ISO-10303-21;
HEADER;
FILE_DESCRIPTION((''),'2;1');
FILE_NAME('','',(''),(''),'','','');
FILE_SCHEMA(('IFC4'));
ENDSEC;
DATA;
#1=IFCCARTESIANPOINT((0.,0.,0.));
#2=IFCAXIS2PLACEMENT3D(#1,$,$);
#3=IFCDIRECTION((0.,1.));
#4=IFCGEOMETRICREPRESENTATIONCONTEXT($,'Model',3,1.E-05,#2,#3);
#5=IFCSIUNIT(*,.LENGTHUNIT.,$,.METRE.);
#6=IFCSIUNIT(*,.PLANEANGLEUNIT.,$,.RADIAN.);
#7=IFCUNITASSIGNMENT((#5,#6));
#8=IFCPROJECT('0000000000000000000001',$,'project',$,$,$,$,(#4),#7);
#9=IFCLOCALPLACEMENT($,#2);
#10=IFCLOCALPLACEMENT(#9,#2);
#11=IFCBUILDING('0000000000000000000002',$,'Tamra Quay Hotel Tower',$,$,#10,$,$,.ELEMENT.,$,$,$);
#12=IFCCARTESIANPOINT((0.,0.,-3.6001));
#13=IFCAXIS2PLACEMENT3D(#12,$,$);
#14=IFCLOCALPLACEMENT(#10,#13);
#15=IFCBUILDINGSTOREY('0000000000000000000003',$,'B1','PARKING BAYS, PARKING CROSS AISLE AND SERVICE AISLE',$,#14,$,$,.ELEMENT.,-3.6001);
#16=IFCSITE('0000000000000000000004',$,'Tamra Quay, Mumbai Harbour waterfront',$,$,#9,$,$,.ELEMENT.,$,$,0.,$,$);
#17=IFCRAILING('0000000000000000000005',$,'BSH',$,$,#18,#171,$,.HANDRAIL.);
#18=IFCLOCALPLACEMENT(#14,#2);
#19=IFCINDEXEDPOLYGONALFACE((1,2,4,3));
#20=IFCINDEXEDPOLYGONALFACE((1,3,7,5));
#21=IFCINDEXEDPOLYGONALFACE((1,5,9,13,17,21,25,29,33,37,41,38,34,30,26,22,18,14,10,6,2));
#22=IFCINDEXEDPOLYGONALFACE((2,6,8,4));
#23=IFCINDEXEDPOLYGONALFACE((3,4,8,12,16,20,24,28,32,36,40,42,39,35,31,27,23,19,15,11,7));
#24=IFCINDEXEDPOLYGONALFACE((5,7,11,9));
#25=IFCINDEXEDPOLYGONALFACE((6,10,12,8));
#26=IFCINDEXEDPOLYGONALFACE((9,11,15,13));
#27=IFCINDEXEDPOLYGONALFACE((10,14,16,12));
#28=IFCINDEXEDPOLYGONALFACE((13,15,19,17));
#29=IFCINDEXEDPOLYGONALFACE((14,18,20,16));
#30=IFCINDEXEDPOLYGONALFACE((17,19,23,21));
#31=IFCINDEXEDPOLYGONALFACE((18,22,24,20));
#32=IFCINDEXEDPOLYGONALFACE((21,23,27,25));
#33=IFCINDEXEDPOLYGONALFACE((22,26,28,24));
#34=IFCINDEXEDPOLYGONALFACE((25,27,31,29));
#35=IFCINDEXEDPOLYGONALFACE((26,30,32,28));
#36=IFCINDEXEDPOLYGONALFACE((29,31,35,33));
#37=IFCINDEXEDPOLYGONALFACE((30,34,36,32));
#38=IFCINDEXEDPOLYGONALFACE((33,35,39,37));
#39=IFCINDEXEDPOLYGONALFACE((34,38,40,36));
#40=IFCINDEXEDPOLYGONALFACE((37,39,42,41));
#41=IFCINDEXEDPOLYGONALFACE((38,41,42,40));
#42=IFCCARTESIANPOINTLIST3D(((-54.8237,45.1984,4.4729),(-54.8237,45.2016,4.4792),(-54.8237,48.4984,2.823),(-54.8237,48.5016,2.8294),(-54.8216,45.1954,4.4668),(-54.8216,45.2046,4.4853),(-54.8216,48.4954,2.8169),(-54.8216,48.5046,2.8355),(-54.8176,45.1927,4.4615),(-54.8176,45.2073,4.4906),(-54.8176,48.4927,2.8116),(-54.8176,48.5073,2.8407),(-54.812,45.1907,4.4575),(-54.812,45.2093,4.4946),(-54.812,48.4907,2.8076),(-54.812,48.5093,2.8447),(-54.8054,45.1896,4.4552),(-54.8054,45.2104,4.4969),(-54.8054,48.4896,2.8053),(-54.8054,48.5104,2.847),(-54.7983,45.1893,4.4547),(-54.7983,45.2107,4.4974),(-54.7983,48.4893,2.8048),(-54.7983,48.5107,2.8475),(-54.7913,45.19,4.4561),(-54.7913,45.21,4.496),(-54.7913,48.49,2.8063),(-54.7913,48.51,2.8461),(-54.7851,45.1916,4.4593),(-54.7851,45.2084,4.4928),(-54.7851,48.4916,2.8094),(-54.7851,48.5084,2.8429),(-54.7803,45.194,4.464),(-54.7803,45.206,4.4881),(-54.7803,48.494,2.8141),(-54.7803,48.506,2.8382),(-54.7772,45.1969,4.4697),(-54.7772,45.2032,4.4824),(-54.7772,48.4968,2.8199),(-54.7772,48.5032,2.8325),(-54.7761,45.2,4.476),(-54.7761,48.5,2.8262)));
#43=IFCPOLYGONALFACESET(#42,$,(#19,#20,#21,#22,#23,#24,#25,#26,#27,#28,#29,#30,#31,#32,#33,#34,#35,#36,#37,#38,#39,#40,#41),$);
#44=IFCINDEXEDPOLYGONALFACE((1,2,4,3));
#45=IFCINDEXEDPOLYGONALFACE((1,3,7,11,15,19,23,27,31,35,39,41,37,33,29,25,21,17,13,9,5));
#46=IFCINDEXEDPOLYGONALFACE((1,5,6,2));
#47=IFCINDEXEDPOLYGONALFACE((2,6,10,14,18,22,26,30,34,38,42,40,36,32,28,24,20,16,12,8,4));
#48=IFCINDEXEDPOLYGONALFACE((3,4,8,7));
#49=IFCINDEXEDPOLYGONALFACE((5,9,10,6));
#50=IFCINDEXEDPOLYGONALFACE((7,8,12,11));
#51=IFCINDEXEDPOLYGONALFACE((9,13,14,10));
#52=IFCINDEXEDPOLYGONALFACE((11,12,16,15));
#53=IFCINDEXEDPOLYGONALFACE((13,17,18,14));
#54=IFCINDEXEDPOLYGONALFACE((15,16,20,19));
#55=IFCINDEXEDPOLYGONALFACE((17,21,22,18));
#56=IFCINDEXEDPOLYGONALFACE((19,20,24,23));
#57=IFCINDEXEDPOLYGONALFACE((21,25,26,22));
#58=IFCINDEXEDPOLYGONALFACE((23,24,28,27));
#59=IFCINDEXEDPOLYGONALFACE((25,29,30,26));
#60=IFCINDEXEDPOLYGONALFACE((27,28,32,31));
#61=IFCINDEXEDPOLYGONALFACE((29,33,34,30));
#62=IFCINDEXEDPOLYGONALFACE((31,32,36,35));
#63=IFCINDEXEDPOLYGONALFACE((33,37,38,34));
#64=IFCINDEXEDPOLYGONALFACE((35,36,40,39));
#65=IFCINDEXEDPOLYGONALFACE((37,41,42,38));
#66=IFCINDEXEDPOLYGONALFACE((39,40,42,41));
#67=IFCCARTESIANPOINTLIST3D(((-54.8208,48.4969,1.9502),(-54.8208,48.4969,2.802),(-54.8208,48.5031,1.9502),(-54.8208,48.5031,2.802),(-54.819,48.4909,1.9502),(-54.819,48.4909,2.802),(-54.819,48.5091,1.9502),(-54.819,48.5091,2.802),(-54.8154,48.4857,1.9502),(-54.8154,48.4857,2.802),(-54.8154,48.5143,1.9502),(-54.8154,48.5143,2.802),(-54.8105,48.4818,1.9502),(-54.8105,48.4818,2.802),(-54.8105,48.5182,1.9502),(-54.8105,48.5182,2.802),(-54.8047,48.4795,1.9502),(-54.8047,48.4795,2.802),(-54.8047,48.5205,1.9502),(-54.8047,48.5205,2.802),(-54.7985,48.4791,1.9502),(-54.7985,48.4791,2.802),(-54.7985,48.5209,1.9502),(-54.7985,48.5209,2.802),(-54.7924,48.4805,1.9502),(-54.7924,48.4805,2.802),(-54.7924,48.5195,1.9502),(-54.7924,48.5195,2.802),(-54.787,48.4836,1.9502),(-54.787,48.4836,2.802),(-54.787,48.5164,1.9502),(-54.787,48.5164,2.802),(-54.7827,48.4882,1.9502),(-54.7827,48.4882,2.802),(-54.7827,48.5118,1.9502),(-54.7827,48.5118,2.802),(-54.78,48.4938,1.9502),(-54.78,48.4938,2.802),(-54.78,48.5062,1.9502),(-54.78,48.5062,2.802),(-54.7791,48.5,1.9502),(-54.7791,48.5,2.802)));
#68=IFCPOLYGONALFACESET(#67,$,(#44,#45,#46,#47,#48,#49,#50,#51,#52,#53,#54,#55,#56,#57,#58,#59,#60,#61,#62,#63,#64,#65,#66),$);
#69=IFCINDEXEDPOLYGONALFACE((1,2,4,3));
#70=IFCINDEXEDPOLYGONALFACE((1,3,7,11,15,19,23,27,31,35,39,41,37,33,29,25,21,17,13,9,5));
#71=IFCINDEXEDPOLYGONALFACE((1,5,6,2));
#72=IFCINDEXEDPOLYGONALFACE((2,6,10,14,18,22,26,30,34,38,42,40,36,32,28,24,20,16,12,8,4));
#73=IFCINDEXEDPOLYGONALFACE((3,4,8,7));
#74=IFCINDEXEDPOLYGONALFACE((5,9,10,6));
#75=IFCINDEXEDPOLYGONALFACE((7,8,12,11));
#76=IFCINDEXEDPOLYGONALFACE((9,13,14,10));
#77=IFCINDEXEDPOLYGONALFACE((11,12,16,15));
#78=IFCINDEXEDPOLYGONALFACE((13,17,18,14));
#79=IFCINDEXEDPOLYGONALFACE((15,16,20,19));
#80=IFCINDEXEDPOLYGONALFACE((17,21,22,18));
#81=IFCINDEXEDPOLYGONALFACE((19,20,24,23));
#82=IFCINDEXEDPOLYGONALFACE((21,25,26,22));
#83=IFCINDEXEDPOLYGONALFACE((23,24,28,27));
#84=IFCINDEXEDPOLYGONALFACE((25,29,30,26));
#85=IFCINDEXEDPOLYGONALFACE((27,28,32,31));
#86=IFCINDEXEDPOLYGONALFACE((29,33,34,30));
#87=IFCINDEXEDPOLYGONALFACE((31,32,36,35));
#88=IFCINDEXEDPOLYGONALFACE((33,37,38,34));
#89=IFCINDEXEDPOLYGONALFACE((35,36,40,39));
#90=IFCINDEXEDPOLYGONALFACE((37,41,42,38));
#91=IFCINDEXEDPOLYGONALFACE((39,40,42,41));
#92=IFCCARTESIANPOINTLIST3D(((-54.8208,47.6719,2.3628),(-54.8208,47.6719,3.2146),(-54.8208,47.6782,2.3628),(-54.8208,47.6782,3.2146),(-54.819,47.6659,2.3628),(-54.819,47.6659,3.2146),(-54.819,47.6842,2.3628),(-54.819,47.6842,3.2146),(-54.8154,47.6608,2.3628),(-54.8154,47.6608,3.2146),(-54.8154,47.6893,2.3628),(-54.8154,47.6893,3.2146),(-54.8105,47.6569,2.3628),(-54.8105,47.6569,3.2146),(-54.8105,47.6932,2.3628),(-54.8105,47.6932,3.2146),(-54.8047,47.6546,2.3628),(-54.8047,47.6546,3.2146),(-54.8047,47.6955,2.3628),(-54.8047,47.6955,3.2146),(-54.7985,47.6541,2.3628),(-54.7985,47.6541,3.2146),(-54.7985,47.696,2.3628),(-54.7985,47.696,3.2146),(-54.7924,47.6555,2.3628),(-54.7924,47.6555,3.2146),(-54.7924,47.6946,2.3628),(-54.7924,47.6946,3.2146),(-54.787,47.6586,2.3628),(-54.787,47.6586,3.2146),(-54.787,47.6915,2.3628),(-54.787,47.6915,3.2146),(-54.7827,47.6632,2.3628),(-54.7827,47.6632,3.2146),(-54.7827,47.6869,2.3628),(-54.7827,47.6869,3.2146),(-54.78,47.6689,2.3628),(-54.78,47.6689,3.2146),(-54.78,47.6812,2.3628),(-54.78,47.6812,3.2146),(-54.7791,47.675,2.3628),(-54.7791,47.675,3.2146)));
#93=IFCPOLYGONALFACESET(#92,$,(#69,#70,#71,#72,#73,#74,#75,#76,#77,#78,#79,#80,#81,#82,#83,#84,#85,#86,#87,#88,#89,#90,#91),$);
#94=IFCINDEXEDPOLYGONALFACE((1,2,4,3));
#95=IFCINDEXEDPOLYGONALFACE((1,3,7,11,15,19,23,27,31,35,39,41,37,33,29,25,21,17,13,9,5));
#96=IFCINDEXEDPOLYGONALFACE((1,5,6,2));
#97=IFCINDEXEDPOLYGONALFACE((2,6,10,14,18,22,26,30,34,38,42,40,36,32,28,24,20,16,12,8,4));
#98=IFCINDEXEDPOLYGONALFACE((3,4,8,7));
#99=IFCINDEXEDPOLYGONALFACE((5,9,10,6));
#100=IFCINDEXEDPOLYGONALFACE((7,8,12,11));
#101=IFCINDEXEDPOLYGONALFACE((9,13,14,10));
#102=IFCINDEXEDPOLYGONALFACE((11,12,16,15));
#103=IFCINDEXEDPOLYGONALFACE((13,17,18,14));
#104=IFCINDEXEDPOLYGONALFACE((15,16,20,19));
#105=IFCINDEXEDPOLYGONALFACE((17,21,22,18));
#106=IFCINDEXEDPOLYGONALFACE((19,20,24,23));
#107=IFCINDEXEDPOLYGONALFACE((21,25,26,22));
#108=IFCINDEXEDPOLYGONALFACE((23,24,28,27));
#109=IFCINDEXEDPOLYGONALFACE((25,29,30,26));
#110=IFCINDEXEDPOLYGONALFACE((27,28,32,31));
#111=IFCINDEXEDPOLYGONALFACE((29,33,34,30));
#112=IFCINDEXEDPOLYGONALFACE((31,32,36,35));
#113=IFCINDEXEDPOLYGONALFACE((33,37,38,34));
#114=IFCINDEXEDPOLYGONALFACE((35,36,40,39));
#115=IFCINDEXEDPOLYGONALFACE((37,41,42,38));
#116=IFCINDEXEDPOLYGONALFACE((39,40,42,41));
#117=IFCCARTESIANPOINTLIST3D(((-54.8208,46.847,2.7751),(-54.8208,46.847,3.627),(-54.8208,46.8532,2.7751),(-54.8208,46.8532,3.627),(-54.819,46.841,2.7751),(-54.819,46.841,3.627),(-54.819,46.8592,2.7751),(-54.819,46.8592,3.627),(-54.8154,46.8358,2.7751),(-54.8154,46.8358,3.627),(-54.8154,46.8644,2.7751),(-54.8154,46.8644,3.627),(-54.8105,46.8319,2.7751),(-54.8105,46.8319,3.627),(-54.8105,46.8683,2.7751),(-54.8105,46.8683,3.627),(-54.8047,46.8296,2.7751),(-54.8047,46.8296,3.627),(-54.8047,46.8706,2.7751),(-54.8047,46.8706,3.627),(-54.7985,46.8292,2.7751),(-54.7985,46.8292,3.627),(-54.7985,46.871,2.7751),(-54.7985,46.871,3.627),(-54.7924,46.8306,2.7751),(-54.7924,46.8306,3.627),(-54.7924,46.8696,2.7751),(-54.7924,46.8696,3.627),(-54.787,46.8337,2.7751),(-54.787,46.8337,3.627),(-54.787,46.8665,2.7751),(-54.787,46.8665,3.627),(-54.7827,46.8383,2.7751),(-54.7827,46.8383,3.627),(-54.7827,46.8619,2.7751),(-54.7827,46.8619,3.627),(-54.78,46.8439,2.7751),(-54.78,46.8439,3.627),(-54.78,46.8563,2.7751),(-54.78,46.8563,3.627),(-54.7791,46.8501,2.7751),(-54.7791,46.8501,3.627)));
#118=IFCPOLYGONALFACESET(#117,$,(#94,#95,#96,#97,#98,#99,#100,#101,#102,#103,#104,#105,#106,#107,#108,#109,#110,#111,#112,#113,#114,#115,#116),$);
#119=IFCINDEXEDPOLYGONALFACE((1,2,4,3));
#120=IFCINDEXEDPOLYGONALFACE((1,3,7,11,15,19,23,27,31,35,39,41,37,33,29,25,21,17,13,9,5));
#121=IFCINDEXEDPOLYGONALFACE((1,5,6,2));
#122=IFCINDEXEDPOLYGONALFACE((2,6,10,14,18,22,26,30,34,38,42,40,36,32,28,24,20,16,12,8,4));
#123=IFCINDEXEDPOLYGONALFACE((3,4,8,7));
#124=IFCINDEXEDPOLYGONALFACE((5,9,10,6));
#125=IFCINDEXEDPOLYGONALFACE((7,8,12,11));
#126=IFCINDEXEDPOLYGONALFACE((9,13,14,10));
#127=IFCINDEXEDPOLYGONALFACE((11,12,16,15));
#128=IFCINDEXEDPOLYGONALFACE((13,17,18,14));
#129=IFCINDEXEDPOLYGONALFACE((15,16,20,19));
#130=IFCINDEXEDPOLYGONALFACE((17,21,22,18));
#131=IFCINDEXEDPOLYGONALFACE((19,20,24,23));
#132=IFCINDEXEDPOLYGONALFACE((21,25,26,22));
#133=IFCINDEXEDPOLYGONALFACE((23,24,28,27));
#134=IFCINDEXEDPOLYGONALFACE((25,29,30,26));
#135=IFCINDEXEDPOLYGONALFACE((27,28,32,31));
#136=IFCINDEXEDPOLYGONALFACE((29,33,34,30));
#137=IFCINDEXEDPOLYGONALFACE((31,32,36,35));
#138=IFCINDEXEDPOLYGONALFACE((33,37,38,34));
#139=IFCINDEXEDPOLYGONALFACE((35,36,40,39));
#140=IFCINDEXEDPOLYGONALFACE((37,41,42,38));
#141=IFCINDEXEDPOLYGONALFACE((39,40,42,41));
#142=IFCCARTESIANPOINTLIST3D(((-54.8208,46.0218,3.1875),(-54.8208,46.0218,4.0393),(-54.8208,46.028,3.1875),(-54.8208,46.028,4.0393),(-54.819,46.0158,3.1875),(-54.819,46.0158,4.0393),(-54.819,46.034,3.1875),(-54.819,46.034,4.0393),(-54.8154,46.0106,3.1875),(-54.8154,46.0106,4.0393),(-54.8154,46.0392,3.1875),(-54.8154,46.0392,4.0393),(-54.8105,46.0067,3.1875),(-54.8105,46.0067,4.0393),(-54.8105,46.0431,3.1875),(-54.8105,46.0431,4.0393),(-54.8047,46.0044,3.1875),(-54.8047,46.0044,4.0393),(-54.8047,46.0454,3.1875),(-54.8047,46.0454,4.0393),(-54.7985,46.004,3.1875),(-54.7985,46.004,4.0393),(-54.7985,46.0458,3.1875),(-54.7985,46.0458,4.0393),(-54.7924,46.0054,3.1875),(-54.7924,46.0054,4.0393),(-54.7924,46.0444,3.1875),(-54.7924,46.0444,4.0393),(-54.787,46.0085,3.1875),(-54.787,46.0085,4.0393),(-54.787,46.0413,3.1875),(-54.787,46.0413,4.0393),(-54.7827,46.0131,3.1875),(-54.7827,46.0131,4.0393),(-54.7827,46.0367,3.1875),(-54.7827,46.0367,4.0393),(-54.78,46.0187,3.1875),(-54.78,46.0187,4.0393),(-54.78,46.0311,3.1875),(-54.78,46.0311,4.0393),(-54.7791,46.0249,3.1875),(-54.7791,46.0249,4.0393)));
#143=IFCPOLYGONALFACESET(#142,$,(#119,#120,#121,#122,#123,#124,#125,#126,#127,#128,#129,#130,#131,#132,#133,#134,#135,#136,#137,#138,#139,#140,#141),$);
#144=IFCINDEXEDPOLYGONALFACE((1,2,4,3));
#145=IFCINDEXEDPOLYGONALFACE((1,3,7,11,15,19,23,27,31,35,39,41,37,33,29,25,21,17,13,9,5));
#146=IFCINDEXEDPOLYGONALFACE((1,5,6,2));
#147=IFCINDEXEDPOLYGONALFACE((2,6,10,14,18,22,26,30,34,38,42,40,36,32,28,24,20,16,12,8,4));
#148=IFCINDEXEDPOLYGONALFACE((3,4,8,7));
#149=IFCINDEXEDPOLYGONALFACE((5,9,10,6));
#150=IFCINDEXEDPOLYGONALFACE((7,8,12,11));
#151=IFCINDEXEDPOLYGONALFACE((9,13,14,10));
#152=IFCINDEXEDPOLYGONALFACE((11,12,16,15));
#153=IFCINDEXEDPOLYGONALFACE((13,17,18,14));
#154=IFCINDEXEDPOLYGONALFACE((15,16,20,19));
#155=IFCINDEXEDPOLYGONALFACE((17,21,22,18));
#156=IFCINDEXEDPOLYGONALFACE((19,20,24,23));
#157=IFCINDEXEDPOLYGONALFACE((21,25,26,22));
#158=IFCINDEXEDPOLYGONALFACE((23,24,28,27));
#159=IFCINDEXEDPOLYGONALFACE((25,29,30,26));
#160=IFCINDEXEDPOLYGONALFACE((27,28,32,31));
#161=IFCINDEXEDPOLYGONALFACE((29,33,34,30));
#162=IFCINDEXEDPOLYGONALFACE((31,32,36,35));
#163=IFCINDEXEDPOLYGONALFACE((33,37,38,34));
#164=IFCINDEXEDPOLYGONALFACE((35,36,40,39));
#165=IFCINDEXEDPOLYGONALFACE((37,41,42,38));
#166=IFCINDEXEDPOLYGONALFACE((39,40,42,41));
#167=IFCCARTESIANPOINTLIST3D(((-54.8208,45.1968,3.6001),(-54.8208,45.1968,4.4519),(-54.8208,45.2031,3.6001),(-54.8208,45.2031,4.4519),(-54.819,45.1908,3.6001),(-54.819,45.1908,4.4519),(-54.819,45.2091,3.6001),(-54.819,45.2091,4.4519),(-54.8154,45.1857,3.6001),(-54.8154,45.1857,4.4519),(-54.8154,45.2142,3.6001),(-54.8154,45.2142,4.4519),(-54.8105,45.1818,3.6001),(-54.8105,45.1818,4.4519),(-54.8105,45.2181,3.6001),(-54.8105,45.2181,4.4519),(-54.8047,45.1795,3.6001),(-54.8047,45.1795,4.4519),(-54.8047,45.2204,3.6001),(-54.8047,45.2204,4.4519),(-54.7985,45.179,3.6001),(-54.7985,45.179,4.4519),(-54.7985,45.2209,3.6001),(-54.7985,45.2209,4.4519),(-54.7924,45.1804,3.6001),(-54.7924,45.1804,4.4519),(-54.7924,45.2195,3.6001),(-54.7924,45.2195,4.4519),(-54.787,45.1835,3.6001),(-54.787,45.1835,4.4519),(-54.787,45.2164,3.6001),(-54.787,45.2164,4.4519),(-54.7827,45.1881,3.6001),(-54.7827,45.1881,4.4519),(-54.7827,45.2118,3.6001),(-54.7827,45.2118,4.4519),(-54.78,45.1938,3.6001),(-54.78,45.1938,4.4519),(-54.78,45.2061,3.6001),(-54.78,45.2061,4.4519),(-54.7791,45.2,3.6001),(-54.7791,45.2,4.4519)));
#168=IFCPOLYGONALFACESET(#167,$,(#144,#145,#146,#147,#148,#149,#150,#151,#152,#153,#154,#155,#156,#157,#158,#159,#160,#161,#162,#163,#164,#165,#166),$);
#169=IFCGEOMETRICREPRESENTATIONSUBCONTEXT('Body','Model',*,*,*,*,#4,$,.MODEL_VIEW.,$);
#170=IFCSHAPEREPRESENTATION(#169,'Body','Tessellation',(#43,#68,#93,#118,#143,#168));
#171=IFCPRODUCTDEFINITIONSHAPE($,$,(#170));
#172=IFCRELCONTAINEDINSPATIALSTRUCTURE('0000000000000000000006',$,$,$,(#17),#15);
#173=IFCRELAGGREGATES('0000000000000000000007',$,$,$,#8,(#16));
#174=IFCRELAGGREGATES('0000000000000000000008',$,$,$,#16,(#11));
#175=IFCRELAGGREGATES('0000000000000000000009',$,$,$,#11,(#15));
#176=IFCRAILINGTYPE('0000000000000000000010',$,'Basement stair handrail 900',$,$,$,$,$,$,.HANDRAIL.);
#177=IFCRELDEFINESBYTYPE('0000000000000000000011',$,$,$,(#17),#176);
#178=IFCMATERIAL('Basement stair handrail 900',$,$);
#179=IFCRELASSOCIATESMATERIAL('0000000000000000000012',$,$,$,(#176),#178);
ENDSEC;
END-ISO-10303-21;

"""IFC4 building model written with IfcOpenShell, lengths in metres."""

from ifc_helpers import new_model, si_unit, direction, frame, origin, origin_2d, place, context, subcontext, project, spatial, circle, extrude, material, type_object, element, save


model = new_model("IFC4")

# Units and contexts
model_context = context("Model", 3, precision=1e-05, world=origin(), true_north=direction((0.0, 1.0)))
body_context = subcontext(model_context, "Body", "Model", "MODEL_VIEW")
ifc_project = project(units=[si_unit("LENGTHUNIT", "METRE"), si_unit("PLANEANGLEUNIT", "RADIAN")], contexts=[model_context])

# Site, building, storey
site_placement = place(None, origin())
site = spatial("IfcSite", under=ifc_project, at=site_placement, Name="Tamra Quay, Mumbai Harbour waterfront", CompositionType="ELEMENT", RefElevation=0.0)
building_placement = place(site_placement, origin())
building = spatial("IfcBuilding", under=site, at=building_placement, Name="Tamra Quay Hotel Tower", CompositionType="ELEMENT")
storey_placement = place(building_placement, frame((0.0, 0.0, -3.6001)))
storey = spatial("IfcBuildingStorey", under=building, at=storey_placement, Name="B1", Description="PARKING BAYS, PARKING CROSS AISLE AND SERVICE AISLE", CompositionType="ELEMENT", Elevation=-3.6001)

# Railing
ifc_material_1 = material(Name="Basement stair handrail 900")
railing_type_1 = type_object("IfcRailingType", Name="Basement stair handrail 900", PredefinedType="HANDRAIL", material=ifc_material_1)
for number, where, name in (
    (1, (-54.8, 48.5, 1.9502), "BSH"),
):
    element("IfcRailing", number, at=place(storey_placement, frame(where)), inside=storey, type_object=railing_type_1, Name=name, PredefinedType="HANDRAIL", context=body_context, shape_type="SweptSolid", body=[
        extrude(circle(Radius=0.0239, at=origin_2d()), frame((0.0, 0.0, 0.876), z_axis=(0.0, -0.89444, 0.447187), x_axis=(1.0, 0.0, 0.0)), (0.0, 0.0, 1.0), 3.6895),
        extrude(circle(Radius=0.021, at=origin_2d()), origin(), (0.0, 0.0, 1.0), 0.8518),
        extrude(circle(Radius=0.021, at=origin_2d()), frame((0.0, -0.825, 0.4126)), (0.0, 0.0, 1.0), 0.8518),
        extrude(circle(Radius=0.021, at=origin_2d()), frame((0.0, -1.6499, 0.825)), (0.0, 0.0, 1.0), 0.8518),
        extrude(circle(Radius=0.021, at=origin_2d()), frame((0.0, -2.4751, 1.2373)), (0.0, 0.0, 1.0), 0.8518),
        extrude(circle(Radius=0.021, at=origin_2d()), frame((0.0, -3.3, 1.6499)), (0.0, 0.0, 1.0), 0.8518),
    ])

save(model, "model.ifc")
